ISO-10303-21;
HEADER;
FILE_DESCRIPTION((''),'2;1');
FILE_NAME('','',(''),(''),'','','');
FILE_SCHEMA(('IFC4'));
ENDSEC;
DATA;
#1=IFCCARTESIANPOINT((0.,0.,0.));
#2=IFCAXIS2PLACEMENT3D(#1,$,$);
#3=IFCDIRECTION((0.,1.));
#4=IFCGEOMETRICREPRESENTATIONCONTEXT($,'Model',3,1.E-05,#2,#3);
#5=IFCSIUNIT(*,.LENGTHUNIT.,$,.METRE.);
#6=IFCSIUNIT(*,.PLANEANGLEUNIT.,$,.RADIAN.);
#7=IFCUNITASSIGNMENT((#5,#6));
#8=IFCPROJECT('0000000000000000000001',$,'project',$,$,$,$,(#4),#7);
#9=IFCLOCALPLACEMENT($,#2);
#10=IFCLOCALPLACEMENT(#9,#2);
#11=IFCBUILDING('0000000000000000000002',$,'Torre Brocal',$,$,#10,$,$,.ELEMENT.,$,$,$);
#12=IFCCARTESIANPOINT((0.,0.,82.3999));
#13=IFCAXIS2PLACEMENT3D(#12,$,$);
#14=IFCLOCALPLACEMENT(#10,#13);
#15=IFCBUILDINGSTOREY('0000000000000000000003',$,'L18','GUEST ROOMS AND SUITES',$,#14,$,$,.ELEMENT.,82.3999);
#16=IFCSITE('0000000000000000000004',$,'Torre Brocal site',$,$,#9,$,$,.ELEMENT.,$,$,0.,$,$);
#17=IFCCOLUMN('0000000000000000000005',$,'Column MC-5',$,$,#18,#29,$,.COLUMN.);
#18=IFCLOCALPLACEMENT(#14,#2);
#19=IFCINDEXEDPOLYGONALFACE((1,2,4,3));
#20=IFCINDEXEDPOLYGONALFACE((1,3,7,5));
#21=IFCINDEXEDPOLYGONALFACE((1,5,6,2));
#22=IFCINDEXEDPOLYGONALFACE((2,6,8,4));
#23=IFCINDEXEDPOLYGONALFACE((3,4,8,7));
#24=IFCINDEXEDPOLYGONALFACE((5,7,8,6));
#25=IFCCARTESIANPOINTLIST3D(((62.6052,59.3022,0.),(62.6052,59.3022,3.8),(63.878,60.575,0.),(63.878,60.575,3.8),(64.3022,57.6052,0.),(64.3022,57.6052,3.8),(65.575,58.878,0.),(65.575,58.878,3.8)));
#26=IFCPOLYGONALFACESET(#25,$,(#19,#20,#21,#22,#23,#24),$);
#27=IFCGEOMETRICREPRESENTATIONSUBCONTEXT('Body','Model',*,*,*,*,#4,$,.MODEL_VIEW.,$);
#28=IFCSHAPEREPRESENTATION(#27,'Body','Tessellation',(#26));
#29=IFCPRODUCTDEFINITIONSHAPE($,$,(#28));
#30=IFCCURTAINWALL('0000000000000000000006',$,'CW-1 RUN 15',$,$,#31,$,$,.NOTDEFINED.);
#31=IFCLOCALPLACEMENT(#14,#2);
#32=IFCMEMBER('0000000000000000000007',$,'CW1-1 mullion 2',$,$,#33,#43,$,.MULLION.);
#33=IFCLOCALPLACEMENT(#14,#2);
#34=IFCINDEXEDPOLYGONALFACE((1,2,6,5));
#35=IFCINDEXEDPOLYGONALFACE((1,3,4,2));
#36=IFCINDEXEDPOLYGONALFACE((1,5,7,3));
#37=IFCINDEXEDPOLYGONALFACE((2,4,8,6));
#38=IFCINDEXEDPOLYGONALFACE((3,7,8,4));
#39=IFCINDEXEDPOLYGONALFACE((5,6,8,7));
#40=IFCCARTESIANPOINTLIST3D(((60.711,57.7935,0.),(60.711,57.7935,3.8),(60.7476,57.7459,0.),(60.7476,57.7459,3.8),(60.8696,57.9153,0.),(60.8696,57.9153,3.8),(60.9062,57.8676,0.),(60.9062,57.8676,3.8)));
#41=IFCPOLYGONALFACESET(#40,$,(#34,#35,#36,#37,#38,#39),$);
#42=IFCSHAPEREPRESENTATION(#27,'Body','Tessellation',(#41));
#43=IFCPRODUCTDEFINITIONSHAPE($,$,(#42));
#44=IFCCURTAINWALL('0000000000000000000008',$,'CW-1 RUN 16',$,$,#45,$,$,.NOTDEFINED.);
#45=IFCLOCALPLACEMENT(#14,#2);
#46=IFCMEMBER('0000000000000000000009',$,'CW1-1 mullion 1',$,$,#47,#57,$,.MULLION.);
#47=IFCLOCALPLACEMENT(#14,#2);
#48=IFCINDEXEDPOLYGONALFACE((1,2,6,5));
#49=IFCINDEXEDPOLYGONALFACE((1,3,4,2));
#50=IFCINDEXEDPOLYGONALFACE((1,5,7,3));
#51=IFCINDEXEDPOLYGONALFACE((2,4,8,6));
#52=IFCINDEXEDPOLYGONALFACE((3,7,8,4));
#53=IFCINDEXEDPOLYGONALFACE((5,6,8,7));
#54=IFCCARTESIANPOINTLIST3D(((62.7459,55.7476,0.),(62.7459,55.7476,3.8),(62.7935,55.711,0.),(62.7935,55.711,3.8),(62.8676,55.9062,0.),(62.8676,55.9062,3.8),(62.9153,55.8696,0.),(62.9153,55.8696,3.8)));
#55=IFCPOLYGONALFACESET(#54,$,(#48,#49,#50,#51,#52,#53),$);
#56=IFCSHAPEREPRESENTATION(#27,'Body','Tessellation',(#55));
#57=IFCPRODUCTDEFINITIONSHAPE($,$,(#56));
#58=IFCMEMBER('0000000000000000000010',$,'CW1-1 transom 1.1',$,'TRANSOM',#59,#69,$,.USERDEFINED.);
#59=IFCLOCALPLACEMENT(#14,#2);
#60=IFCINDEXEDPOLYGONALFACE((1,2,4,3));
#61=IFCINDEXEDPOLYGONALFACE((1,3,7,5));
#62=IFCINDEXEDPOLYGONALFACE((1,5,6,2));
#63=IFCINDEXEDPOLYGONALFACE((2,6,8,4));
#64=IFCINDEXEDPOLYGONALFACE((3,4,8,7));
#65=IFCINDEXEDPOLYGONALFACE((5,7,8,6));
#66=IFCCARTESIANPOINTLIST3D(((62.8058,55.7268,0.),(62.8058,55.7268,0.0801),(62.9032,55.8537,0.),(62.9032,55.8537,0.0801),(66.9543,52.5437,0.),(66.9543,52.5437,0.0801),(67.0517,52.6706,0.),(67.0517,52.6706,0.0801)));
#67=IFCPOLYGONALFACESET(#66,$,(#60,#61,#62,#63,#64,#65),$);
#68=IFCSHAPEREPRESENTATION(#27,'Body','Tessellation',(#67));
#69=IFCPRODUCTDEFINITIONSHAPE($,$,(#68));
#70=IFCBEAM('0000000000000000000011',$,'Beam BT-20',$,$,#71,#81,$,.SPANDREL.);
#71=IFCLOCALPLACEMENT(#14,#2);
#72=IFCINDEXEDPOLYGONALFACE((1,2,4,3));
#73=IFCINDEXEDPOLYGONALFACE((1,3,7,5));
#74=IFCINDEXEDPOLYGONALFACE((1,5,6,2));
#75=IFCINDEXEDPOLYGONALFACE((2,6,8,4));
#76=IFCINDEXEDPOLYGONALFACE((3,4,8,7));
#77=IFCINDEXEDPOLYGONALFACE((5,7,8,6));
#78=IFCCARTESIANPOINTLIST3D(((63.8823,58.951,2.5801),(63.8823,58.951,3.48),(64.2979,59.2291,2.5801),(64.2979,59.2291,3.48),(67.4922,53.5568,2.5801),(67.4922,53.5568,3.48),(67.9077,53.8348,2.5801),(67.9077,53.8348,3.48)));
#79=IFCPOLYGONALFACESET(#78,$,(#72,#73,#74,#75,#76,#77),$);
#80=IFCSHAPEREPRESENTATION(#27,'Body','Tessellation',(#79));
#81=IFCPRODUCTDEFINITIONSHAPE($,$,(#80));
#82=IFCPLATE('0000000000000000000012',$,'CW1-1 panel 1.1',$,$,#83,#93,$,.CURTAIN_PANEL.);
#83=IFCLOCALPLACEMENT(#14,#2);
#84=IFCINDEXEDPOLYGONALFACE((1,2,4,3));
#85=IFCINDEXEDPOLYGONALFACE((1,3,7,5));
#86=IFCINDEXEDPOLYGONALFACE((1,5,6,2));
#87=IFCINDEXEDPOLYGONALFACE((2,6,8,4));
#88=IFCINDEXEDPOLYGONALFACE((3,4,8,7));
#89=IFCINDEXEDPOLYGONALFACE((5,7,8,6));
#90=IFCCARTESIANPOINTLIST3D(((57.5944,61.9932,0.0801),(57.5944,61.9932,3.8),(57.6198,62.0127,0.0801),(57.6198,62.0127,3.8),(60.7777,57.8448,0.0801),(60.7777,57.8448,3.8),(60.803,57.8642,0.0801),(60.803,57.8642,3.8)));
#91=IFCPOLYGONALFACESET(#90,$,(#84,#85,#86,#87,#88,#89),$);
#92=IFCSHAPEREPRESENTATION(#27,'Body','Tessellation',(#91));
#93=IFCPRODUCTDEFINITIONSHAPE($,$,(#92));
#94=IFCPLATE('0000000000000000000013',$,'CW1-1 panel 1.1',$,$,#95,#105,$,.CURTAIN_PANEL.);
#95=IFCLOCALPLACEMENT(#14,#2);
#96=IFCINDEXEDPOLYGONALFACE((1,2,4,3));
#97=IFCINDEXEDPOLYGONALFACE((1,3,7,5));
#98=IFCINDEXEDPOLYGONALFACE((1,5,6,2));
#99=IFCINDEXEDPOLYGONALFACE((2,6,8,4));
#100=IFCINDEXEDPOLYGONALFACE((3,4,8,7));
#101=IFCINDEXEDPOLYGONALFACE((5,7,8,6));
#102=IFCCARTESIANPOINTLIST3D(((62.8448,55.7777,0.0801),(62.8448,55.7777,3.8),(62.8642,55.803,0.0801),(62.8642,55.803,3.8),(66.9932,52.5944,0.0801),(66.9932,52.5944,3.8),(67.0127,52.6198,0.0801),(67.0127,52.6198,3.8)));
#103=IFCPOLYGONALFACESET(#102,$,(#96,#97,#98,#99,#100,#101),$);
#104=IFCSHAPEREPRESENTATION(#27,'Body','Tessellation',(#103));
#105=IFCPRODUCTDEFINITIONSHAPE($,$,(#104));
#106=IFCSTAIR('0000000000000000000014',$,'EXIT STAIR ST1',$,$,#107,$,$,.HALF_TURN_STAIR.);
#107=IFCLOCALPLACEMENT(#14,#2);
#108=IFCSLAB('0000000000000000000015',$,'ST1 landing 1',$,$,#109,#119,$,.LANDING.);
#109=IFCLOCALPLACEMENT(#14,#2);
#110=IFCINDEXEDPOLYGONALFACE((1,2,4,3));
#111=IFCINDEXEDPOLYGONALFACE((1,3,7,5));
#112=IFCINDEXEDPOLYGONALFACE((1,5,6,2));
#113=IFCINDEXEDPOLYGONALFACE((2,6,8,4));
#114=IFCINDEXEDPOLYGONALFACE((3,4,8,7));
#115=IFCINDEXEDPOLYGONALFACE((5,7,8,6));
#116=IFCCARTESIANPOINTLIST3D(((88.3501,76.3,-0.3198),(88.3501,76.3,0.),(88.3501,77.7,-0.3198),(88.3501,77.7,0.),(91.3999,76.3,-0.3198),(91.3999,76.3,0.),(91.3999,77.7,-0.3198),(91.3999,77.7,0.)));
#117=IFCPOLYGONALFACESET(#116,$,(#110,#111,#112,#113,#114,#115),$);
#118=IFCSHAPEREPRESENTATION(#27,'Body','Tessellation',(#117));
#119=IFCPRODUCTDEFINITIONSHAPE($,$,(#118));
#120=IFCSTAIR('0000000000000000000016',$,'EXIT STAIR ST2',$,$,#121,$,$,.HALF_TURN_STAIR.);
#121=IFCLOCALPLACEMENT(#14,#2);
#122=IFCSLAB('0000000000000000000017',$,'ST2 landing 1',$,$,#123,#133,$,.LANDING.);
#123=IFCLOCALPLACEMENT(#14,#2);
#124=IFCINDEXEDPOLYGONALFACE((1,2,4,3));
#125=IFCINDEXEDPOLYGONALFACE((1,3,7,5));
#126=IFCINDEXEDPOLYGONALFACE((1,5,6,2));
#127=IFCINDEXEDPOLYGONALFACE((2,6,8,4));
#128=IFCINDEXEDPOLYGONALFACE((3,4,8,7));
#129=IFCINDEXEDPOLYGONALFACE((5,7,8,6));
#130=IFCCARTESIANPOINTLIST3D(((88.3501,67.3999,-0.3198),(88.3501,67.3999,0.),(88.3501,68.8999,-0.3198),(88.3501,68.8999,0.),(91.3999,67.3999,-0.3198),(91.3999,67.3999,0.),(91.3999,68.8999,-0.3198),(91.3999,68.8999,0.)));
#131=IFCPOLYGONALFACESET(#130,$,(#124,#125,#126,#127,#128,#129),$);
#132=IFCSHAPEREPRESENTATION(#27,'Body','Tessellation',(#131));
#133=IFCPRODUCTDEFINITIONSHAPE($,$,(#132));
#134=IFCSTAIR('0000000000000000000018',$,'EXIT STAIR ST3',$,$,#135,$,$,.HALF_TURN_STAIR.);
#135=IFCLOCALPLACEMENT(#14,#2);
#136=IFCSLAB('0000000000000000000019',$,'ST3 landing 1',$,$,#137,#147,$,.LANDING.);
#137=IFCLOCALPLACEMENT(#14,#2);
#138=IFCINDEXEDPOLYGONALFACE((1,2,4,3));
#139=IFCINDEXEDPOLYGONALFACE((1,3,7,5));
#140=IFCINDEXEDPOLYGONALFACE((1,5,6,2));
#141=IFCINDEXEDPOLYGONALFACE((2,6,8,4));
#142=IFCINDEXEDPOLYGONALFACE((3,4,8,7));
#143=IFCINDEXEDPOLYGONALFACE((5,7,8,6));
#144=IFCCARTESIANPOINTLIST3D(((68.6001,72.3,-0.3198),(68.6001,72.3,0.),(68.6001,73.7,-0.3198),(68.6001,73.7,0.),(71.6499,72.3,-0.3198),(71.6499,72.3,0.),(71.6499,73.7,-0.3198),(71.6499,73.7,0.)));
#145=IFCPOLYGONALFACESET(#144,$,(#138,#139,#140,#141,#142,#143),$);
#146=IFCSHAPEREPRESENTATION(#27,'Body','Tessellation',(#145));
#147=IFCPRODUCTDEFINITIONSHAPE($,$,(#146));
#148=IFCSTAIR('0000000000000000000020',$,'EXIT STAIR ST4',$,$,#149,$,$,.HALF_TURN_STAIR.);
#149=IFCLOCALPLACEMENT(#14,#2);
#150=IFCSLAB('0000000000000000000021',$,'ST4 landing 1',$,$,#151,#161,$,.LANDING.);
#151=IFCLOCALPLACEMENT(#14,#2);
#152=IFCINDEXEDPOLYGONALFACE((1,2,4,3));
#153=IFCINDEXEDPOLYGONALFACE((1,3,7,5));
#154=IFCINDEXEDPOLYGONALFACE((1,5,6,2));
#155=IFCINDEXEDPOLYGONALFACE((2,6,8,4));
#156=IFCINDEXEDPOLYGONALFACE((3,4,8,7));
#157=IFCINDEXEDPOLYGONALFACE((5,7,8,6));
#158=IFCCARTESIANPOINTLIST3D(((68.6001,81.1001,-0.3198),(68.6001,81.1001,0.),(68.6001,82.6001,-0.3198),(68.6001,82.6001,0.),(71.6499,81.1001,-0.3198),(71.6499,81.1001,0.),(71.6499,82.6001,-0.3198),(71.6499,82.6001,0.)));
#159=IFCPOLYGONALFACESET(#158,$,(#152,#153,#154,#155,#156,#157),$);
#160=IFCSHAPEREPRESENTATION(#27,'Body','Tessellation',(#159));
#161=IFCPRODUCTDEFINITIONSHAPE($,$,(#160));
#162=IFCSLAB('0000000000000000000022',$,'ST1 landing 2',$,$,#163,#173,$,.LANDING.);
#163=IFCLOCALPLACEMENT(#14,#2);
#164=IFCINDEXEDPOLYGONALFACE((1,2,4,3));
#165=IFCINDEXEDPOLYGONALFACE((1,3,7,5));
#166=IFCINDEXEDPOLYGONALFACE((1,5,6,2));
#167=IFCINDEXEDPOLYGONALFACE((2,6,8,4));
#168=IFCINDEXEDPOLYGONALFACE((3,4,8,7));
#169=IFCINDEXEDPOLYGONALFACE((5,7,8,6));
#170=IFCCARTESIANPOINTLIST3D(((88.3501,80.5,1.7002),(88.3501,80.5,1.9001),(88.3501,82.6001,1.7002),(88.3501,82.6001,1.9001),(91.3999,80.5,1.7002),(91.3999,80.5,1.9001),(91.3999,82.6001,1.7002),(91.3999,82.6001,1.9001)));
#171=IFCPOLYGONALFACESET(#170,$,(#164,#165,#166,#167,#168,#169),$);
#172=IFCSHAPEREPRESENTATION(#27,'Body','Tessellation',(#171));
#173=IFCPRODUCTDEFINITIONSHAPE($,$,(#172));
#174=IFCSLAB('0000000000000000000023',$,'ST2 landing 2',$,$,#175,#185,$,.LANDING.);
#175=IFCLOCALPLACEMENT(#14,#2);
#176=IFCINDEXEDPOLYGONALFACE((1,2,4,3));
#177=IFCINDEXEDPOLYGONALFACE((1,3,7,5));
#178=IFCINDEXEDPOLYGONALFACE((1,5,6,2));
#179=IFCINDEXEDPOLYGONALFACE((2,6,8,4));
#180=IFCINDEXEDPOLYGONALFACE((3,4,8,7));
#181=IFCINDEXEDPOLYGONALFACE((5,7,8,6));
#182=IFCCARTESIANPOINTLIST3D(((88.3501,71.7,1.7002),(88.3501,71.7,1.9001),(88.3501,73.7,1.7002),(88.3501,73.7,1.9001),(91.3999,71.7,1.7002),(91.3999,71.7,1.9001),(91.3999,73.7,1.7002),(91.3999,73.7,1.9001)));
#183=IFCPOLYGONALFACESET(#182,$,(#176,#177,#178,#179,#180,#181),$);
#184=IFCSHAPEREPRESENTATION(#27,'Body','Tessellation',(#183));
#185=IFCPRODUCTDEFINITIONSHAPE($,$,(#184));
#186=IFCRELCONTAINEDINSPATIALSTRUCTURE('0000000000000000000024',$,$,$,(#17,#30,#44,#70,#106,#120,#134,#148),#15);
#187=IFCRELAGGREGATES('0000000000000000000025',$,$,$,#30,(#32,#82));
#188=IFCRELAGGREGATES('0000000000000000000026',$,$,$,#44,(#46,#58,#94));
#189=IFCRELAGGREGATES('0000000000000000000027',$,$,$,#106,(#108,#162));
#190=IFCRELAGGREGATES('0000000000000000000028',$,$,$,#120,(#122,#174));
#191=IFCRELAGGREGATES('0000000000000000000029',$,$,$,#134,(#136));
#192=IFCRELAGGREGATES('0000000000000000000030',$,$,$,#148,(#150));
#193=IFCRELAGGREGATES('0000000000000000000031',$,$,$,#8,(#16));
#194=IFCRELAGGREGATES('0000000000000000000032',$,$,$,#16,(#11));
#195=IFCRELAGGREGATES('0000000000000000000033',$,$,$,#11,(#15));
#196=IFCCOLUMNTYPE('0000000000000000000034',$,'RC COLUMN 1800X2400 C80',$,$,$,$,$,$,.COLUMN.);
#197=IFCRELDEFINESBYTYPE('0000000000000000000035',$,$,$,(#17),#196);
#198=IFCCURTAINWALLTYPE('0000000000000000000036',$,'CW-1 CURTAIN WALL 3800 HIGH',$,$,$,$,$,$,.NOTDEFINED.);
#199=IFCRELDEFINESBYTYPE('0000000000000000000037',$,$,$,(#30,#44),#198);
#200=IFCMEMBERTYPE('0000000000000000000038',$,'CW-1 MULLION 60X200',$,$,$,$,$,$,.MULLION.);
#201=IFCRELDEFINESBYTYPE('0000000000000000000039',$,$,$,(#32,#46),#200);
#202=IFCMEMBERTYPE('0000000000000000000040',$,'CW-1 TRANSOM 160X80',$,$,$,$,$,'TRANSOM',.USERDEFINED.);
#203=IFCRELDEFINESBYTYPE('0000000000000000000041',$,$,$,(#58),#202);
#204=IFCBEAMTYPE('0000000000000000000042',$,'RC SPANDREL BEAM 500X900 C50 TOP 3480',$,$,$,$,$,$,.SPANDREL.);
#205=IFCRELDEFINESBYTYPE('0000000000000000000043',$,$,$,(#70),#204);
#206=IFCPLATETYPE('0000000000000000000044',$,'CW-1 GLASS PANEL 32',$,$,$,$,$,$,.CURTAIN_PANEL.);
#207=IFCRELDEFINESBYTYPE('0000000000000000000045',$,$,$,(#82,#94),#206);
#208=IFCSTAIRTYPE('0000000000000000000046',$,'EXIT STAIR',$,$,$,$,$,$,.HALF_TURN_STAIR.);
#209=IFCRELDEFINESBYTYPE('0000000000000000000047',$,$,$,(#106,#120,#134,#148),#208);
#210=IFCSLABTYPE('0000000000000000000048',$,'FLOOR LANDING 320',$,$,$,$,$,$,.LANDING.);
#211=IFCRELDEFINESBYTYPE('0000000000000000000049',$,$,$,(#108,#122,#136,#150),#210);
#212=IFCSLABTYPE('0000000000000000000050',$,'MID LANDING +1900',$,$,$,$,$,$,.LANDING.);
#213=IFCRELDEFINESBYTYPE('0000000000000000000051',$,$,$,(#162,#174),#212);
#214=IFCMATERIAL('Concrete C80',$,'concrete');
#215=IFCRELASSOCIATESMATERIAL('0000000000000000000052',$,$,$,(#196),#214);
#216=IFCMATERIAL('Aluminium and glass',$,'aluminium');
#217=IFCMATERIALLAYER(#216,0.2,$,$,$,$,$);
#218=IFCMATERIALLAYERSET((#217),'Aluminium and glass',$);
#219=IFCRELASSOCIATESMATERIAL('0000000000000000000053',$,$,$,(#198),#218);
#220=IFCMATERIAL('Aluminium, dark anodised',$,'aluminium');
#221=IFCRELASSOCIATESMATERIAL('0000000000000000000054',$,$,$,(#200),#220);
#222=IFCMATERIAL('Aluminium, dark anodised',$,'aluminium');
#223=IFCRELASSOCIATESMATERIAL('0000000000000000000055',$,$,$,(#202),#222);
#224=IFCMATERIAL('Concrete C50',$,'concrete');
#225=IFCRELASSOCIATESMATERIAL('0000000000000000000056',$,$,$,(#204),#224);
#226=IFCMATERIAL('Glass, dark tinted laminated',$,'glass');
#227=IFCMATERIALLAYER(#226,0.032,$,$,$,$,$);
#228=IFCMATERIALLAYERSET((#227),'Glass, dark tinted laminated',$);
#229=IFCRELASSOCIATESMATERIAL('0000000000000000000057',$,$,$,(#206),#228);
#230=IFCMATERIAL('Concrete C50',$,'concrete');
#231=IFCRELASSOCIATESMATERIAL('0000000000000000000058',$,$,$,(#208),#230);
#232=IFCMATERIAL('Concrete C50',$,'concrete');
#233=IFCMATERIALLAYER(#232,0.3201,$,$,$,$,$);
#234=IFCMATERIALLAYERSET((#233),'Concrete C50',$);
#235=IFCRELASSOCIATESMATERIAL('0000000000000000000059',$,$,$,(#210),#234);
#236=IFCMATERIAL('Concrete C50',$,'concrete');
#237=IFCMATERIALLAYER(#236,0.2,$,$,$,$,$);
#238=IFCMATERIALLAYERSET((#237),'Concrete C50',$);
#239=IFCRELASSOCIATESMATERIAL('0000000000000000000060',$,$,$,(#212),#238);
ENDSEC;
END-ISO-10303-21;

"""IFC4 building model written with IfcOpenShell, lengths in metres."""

from ifc_helpers import new_model, si_unit, direction, frame, origin, origin_2d, place, context, subcontext, project, spatial, polyline, rectangle, outline, extrude, material, layer, layer_set, material_profile, profile_set, type_object, element, aggregate, save


model = new_model("IFC4")

# Units and contexts
model_context = context("Model", 3, precision=1e-05, world=origin(), true_north=direction((0.0, 1.0)))
body_context = subcontext(model_context, "Body", "Model", "MODEL_VIEW")
ifc_project = project(units=[si_unit("LENGTHUNIT", "METRE"), si_unit("PLANEANGLEUNIT", "RADIAN")], contexts=[model_context])

# Site, building, storey
site_placement = place(None, origin())
site = spatial("IfcSite", under=ifc_project, at=site_placement, Name="Torre Brocal site", CompositionType="ELEMENT", RefElevation=0.0)
building_placement = place(site_placement, origin())
building = spatial("IfcBuilding", under=site, at=building_placement, Name="Torre Brocal", CompositionType="ELEMENT")
storey_placement = place(building_placement, frame((0.0, 0.0, 82.3999)))
storey = spatial("IfcBuildingStorey", under=building, at=storey_placement, Name="L18", Description="GUEST ROOMS AND SUITES", CompositionType="ELEMENT", Elevation=82.3999)

# Column
ifc_material_1 = material(Name="Concrete C80", Category="concrete")
ifc_material_profile_1 = material_profile(ifc_material_1, rectangle(XDim=1.8, YDim=2.3999, at=origin_2d()), Name="RC 1800X2400")
ifc_profile_set_1 = profile_set([ifc_material_profile_1], Name="Concrete C80")
column_type = type_object("IfcColumnType", Name="RC COLUMN 1800X2400 C80", PredefinedType="COLUMN", material=ifc_profile_set_1)
column_placement = place(storey_placement, frame((64.0901, 59.0901, 0.0), z_axis=(0.0, 0.0, 1.0), x_axis=(-0.707107, -0.707107, 0.0)))
element("IfcColumn", 1, at=column_placement, inside=storey, type_object=column_type, Name="Column MC-5", PredefinedType="COLUMN", context=body_context, shape_type="SweptSolid", body=[
    extrude(rectangle(XDim=1.8, YDim=2.3999, at=origin_2d()), origin(), (0.0, 0.0, 1.0), 3.8),
])

# Curtain wall, member
ifc_material_2 = material(Name="Aluminium and glass", Category="aluminium")
ifc_layer_1 = layer(ifc_material_2, 0.2)
ifc_layer_set_1 = layer_set([ifc_layer_1], Name="Aluminium and glass")
curtain_wall_type = type_object("IfcCurtainWallType", Name="CW-1 CURTAIN WALL 3800 HIGH", PredefinedType="NOTDEFINED", material=ifc_layer_set_1)
curtain_wall_1_placement = place(storey_placement, origin())
curtain_wall_1 = element("IfcCurtainWall", 2, at=curtain_wall_1_placement, inside=storey, type_object=curtain_wall_type, Name="CW-1 RUN 15", PredefinedType="NOTDEFINED")
ifc_material_3 = material(Name="Aluminium, dark anodised", Category="aluminium")
ifc_material_profile_2 = material_profile(ifc_material_3, rectangle(XDim=0.2, YDim=0.0601, at=origin_2d()), Name="CW-1 MULLION 60X200")
ifc_profile_set_2 = profile_set([ifc_material_profile_2], Name="Aluminium, dark anodised")
member_type_1 = type_object("IfcMemberType", Name="CW-1 MULLION 60X200", PredefinedType="MULLION", material=ifc_profile_set_2)
member_1_placement = place(storey_placement, frame((60.8086, 57.8306, 0.0), z_axis=(0.0, 0.0, 1.0), x_axis=(0.793353, 0.608761, 0.0)))
member_1 = element("IfcMember", 3, at=member_1_placement, type_object=member_type_1, Name="CW1-1 mullion 2", PredefinedType="MULLION", context=body_context, shape_type="SweptSolid", body=[
    extrude(rectangle(XDim=0.2, YDim=0.0601, at=origin_2d()), origin(), (0.0, 0.0, 1.0), 3.8),
])

# Curtain wall, members
curtain_wall_2_placement = place(storey_placement, origin())
curtain_wall_2 = element("IfcCurtainWall", 4, at=curtain_wall_2_placement, inside=storey, type_object=curtain_wall_type, Name="CW-1 RUN 16", PredefinedType="NOTDEFINED")
member_2_placement = place(storey_placement, frame((62.8306, 55.8086, 0.0), z_axis=(0.0, 0.0, 1.0), x_axis=(0.608761, 0.793353, 0.0)))
member_2 = element("IfcMember", 5, at=member_2_placement, type_object=member_type_1, Name="CW1-1 mullion 1", PredefinedType="MULLION", context=body_context, shape_type="SweptSolid", body=[
    extrude(rectangle(XDim=0.2, YDim=0.0601, at=origin_2d()), origin(), (0.0, 0.0, 1.0), 3.8),
])
ifc_material_4 = material(Name="Aluminium, dark anodised", Category="aluminium")
ifc_material_profile_3 = material_profile(ifc_material_4, rectangle(XDim=0.1599, YDim=0.0801, at=origin_2d()), Name="CW-1 TRANSOM 160X80")
ifc_profile_set_3 = profile_set([ifc_material_profile_3], Name="Aluminium, dark anodised")
member_type_2 = type_object("IfcMemberType", Name="CW-1 TRANSOM 160X80", ElementType="TRANSOM", PredefinedType="USERDEFINED", material=ifc_profile_set_3)
member_3_placement = place(storey_placement, frame((62.8545, 55.7903, 0.04), z_axis=(0.793363, -0.608749, 0.0), x_axis=(0.608749, 0.793363, 0.0)))
member_3 = element("IfcMember", 6, at=member_3_placement, type_object=member_type_2, Name="CW1-1 transom 1.1", ObjectType="TRANSOM", PredefinedType="USERDEFINED", context=body_context, shape_type="SweptSolid", body=[
    extrude(rectangle(XDim=0.1599, YDim=0.0801, at=origin_2d()), origin(), (0.0, 0.0, 1.0), 5.229),
])

# Beam
ifc_material_5 = material(Name="Concrete C50", Category="concrete")
ifc_material_profile_4 = material_profile(ifc_material_5, rectangle(XDim=0.5, YDim=0.8999, at=origin_2d()), Name="RC 500X900")
ifc_profile_set_4 = profile_set([ifc_material_profile_4], Name="Concrete C50")
beam_type = type_object("IfcBeamType", Name="RC SPANDREL BEAM 500X900 C50 TOP 3480", PredefinedType="SPANDREL", material=ifc_profile_set_4)
beam_placement = place(storey_placement, frame((64.0901, 59.0901, 3.03), z_axis=(0.556158, -0.831077, 0.0), x_axis=(0.831077, 0.556158, 0.0)))
element("IfcBeam", 7, at=beam_placement, inside=storey, type_object=beam_type, Name="Beam BT-20", PredefinedType="SPANDREL", context=body_context, shape_type="SweptSolid", body=[
    extrude(rectangle(XDim=0.5, YDim=0.8999, at=origin_2d()), origin(), (0.0, 0.0, 1.0), 6.4907),
])

# Plates
ifc_material_6 = material(Name="Glass, dark tinted laminated", Category="glass")
ifc_layer_2 = layer(ifc_material_6, 0.032)
ifc_layer_set_2 = layer_set([ifc_layer_2], Name="Glass, dark tinted laminated")
plate_type = type_object("IfcPlateType", Name="CW-1 GLASS PANEL 32", PredefinedType="CURTAIN_PANEL", material=ifc_layer_set_2)
plate_1_placement = place(storey_placement, frame((59.1987, 59.9287, 0.0801), z_axis=(0.0, 0.0, 1.0), x_axis=(0.608761, -0.793353, 0.0)))
plate_1 = element("IfcPlate", 8, at=plate_1_placement, type_object=plate_type, Name="CW1-1 panel 1.1", PredefinedType="CURTAIN_PANEL", context=body_context, shape_type="SweptSolid", body=[
    extrude(rectangle(XDim=5.229, YDim=0.032, at=origin_2d()), origin(), (0.0, 0.0, 1.0), 3.72),
])
aggregate(curtain_wall_1, [member_1, plate_1])
plate_2_placement = place(storey_placement, frame((64.9287, 54.1987, 0.0801), z_axis=(0.0, 0.0, 1.0), x_axis=(0.793353, -0.608761, 0.0)))
plate_2 = element("IfcPlate", 9, at=plate_2_placement, type_object=plate_type, Name="CW1-1 panel 1.1", PredefinedType="CURTAIN_PANEL", context=body_context, shape_type="SweptSolid", body=[
    extrude(rectangle(XDim=5.229, YDim=0.032, at=origin_2d()), origin(), (0.0, 0.0, 1.0), 3.72),
])
aggregate(curtain_wall_2, [member_2, member_3, plate_2])

# Stairs, slabs
ifc_material_7 = material(Name="Concrete C50", Category="concrete")
stair_type = type_object("IfcStairType", Name="EXIT STAIR", PredefinedType="HALF_TURN_STAIR", material=ifc_material_7)
stair_1_placement = place(storey_placement, origin())
stair_1 = element("IfcStair", 10, at=stair_1_placement, inside=storey, type_object=stair_type, Name="EXIT STAIR ST1", PredefinedType="HALF_TURN_STAIR")
ifc_material_8 = material(Name="Concrete C50", Category="concrete")
ifc_layer_3 = layer(ifc_material_8, 0.3201)
ifc_layer_set_3 = layer_set([ifc_layer_3], Name="Concrete C50")
slab_type_1 = type_object("IfcSlabType", Name="FLOOR LANDING 320", PredefinedType="LANDING", material=ifc_layer_set_3)
slab_1_placement = place(storey_placement, frame((0.0, 0.0, -0.3198)))
slab_1 = element("IfcSlab", 11, at=slab_1_placement, type_object=slab_type_1, Name="ST1 landing 1", PredefinedType="LANDING", context=body_context, shape_type="SweptSolid", body=[
    extrude(outline(polyline([(88.3501, 76.3), (91.3999, 76.3), (91.3999, 77.7), (88.3501, 77.7), (88.3501, 76.3)])), origin(), (0.0, 0.0, 1.0), 0.3198),
])
stair_2_placement = place(storey_placement, origin())
stair_2 = element("IfcStair", 12, at=stair_2_placement, inside=storey, type_object=stair_type, Name="EXIT STAIR ST2", PredefinedType="HALF_TURN_STAIR")
slab_2_placement = place(storey_placement, frame((0.0, 0.0, -0.3198)))
slab_2 = element("IfcSlab", 13, at=slab_2_placement, type_object=slab_type_1, Name="ST2 landing 1", PredefinedType="LANDING", context=body_context, shape_type="SweptSolid", body=[
    extrude(outline(polyline([(88.3501, 67.3999), (91.3999, 67.3999), (91.3999, 68.8999), (88.3501, 68.8999), (88.3501, 67.3999)])), origin(), (0.0, 0.0, 1.0), 0.3198),
])
stair_3_placement = place(storey_placement, origin())
stair_3 = element("IfcStair", 14, at=stair_3_placement, inside=storey, type_object=stair_type, Name="EXIT STAIR ST3", PredefinedType="HALF_TURN_STAIR")
slab_3_placement = place(storey_placement, frame((0.0, 0.0, -0.3198)))
slab_3 = element("IfcSlab", 15, at=slab_3_placement, type_object=slab_type_1, Name="ST3 landing 1", PredefinedType="LANDING", context=body_context, shape_type="SweptSolid", body=[
    extrude(outline(polyline([(71.6499, 73.7), (68.6001, 73.7), (68.6001, 72.3), (71.6499, 72.3), (71.6499, 73.7)])), origin(), (0.0, 0.0, 1.0), 0.3198),
])
stair_4_placement = place(storey_placement, origin())
stair_4 = element("IfcStair", 16, at=stair_4_placement, inside=storey, type_object=stair_type, Name="EXIT STAIR ST4", PredefinedType="HALF_TURN_STAIR")
slab_4_placement = place(storey_placement, frame((0.0, 0.0, -0.3198)))
slab_4 = element("IfcSlab", 17, at=slab_4_placement, type_object=slab_type_1, Name="ST4 landing 1", PredefinedType="LANDING", context=body_context, shape_type="SweptSolid", body=[
    extrude(outline(polyline([(71.6499, 82.6001), (68.6001, 82.6001), (68.6001, 81.1001), (71.6499, 81.1001), (71.6499, 82.6001)])), origin(), (0.0, 0.0, 1.0), 0.3198),
])

# Slabs
ifc_material_9 = material(Name="Concrete C50", Category="concrete")
ifc_layer_4 = layer(ifc_material_9, 0.2)
ifc_layer_set_4 = layer_set([ifc_layer_4], Name="Concrete C50")
slab_type_2 = type_object("IfcSlabType", Name="MID LANDING +1900", PredefinedType="LANDING", material=ifc_layer_set_4)
slab_5_placement = place(storey_placement, frame((0.0, 0.0, 1.7002)))
slab_5 = element("IfcSlab", 18, at=slab_5_placement, type_object=slab_type_2, Name="ST1 landing 2", PredefinedType="LANDING", context=body_context, shape_type="SweptSolid", body=[
    extrude(outline(polyline([(88.3501, 80.5), (91.3999, 80.5), (91.3999, 82.6001), (88.3501, 82.6001), (88.3501, 80.5)])), origin(), (0.0, 0.0, 1.0), 0.2),
])
aggregate(stair_1, [slab_1, slab_5])
slab_6_placement = place(storey_placement, frame((0.0, 0.0, 1.7002)))
slab_6 = element("IfcSlab", 19, at=slab_6_placement, type_object=slab_type_2, Name="ST2 landing 2", PredefinedType="LANDING", context=body_context, shape_type="SweptSolid", body=[
    extrude(outline(polyline([(88.3501, 71.7), (91.3999, 71.7), (91.3999, 73.7), (88.3501, 73.7), (88.3501, 71.7)])), origin(), (0.0, 0.0, 1.0), 0.2),
])
aggregate(stair_2, [slab_2, slab_6])
aggregate(stair_3, [slab_3])
aggregate(stair_4, [slab_4])

save(model, "model.ifc")
